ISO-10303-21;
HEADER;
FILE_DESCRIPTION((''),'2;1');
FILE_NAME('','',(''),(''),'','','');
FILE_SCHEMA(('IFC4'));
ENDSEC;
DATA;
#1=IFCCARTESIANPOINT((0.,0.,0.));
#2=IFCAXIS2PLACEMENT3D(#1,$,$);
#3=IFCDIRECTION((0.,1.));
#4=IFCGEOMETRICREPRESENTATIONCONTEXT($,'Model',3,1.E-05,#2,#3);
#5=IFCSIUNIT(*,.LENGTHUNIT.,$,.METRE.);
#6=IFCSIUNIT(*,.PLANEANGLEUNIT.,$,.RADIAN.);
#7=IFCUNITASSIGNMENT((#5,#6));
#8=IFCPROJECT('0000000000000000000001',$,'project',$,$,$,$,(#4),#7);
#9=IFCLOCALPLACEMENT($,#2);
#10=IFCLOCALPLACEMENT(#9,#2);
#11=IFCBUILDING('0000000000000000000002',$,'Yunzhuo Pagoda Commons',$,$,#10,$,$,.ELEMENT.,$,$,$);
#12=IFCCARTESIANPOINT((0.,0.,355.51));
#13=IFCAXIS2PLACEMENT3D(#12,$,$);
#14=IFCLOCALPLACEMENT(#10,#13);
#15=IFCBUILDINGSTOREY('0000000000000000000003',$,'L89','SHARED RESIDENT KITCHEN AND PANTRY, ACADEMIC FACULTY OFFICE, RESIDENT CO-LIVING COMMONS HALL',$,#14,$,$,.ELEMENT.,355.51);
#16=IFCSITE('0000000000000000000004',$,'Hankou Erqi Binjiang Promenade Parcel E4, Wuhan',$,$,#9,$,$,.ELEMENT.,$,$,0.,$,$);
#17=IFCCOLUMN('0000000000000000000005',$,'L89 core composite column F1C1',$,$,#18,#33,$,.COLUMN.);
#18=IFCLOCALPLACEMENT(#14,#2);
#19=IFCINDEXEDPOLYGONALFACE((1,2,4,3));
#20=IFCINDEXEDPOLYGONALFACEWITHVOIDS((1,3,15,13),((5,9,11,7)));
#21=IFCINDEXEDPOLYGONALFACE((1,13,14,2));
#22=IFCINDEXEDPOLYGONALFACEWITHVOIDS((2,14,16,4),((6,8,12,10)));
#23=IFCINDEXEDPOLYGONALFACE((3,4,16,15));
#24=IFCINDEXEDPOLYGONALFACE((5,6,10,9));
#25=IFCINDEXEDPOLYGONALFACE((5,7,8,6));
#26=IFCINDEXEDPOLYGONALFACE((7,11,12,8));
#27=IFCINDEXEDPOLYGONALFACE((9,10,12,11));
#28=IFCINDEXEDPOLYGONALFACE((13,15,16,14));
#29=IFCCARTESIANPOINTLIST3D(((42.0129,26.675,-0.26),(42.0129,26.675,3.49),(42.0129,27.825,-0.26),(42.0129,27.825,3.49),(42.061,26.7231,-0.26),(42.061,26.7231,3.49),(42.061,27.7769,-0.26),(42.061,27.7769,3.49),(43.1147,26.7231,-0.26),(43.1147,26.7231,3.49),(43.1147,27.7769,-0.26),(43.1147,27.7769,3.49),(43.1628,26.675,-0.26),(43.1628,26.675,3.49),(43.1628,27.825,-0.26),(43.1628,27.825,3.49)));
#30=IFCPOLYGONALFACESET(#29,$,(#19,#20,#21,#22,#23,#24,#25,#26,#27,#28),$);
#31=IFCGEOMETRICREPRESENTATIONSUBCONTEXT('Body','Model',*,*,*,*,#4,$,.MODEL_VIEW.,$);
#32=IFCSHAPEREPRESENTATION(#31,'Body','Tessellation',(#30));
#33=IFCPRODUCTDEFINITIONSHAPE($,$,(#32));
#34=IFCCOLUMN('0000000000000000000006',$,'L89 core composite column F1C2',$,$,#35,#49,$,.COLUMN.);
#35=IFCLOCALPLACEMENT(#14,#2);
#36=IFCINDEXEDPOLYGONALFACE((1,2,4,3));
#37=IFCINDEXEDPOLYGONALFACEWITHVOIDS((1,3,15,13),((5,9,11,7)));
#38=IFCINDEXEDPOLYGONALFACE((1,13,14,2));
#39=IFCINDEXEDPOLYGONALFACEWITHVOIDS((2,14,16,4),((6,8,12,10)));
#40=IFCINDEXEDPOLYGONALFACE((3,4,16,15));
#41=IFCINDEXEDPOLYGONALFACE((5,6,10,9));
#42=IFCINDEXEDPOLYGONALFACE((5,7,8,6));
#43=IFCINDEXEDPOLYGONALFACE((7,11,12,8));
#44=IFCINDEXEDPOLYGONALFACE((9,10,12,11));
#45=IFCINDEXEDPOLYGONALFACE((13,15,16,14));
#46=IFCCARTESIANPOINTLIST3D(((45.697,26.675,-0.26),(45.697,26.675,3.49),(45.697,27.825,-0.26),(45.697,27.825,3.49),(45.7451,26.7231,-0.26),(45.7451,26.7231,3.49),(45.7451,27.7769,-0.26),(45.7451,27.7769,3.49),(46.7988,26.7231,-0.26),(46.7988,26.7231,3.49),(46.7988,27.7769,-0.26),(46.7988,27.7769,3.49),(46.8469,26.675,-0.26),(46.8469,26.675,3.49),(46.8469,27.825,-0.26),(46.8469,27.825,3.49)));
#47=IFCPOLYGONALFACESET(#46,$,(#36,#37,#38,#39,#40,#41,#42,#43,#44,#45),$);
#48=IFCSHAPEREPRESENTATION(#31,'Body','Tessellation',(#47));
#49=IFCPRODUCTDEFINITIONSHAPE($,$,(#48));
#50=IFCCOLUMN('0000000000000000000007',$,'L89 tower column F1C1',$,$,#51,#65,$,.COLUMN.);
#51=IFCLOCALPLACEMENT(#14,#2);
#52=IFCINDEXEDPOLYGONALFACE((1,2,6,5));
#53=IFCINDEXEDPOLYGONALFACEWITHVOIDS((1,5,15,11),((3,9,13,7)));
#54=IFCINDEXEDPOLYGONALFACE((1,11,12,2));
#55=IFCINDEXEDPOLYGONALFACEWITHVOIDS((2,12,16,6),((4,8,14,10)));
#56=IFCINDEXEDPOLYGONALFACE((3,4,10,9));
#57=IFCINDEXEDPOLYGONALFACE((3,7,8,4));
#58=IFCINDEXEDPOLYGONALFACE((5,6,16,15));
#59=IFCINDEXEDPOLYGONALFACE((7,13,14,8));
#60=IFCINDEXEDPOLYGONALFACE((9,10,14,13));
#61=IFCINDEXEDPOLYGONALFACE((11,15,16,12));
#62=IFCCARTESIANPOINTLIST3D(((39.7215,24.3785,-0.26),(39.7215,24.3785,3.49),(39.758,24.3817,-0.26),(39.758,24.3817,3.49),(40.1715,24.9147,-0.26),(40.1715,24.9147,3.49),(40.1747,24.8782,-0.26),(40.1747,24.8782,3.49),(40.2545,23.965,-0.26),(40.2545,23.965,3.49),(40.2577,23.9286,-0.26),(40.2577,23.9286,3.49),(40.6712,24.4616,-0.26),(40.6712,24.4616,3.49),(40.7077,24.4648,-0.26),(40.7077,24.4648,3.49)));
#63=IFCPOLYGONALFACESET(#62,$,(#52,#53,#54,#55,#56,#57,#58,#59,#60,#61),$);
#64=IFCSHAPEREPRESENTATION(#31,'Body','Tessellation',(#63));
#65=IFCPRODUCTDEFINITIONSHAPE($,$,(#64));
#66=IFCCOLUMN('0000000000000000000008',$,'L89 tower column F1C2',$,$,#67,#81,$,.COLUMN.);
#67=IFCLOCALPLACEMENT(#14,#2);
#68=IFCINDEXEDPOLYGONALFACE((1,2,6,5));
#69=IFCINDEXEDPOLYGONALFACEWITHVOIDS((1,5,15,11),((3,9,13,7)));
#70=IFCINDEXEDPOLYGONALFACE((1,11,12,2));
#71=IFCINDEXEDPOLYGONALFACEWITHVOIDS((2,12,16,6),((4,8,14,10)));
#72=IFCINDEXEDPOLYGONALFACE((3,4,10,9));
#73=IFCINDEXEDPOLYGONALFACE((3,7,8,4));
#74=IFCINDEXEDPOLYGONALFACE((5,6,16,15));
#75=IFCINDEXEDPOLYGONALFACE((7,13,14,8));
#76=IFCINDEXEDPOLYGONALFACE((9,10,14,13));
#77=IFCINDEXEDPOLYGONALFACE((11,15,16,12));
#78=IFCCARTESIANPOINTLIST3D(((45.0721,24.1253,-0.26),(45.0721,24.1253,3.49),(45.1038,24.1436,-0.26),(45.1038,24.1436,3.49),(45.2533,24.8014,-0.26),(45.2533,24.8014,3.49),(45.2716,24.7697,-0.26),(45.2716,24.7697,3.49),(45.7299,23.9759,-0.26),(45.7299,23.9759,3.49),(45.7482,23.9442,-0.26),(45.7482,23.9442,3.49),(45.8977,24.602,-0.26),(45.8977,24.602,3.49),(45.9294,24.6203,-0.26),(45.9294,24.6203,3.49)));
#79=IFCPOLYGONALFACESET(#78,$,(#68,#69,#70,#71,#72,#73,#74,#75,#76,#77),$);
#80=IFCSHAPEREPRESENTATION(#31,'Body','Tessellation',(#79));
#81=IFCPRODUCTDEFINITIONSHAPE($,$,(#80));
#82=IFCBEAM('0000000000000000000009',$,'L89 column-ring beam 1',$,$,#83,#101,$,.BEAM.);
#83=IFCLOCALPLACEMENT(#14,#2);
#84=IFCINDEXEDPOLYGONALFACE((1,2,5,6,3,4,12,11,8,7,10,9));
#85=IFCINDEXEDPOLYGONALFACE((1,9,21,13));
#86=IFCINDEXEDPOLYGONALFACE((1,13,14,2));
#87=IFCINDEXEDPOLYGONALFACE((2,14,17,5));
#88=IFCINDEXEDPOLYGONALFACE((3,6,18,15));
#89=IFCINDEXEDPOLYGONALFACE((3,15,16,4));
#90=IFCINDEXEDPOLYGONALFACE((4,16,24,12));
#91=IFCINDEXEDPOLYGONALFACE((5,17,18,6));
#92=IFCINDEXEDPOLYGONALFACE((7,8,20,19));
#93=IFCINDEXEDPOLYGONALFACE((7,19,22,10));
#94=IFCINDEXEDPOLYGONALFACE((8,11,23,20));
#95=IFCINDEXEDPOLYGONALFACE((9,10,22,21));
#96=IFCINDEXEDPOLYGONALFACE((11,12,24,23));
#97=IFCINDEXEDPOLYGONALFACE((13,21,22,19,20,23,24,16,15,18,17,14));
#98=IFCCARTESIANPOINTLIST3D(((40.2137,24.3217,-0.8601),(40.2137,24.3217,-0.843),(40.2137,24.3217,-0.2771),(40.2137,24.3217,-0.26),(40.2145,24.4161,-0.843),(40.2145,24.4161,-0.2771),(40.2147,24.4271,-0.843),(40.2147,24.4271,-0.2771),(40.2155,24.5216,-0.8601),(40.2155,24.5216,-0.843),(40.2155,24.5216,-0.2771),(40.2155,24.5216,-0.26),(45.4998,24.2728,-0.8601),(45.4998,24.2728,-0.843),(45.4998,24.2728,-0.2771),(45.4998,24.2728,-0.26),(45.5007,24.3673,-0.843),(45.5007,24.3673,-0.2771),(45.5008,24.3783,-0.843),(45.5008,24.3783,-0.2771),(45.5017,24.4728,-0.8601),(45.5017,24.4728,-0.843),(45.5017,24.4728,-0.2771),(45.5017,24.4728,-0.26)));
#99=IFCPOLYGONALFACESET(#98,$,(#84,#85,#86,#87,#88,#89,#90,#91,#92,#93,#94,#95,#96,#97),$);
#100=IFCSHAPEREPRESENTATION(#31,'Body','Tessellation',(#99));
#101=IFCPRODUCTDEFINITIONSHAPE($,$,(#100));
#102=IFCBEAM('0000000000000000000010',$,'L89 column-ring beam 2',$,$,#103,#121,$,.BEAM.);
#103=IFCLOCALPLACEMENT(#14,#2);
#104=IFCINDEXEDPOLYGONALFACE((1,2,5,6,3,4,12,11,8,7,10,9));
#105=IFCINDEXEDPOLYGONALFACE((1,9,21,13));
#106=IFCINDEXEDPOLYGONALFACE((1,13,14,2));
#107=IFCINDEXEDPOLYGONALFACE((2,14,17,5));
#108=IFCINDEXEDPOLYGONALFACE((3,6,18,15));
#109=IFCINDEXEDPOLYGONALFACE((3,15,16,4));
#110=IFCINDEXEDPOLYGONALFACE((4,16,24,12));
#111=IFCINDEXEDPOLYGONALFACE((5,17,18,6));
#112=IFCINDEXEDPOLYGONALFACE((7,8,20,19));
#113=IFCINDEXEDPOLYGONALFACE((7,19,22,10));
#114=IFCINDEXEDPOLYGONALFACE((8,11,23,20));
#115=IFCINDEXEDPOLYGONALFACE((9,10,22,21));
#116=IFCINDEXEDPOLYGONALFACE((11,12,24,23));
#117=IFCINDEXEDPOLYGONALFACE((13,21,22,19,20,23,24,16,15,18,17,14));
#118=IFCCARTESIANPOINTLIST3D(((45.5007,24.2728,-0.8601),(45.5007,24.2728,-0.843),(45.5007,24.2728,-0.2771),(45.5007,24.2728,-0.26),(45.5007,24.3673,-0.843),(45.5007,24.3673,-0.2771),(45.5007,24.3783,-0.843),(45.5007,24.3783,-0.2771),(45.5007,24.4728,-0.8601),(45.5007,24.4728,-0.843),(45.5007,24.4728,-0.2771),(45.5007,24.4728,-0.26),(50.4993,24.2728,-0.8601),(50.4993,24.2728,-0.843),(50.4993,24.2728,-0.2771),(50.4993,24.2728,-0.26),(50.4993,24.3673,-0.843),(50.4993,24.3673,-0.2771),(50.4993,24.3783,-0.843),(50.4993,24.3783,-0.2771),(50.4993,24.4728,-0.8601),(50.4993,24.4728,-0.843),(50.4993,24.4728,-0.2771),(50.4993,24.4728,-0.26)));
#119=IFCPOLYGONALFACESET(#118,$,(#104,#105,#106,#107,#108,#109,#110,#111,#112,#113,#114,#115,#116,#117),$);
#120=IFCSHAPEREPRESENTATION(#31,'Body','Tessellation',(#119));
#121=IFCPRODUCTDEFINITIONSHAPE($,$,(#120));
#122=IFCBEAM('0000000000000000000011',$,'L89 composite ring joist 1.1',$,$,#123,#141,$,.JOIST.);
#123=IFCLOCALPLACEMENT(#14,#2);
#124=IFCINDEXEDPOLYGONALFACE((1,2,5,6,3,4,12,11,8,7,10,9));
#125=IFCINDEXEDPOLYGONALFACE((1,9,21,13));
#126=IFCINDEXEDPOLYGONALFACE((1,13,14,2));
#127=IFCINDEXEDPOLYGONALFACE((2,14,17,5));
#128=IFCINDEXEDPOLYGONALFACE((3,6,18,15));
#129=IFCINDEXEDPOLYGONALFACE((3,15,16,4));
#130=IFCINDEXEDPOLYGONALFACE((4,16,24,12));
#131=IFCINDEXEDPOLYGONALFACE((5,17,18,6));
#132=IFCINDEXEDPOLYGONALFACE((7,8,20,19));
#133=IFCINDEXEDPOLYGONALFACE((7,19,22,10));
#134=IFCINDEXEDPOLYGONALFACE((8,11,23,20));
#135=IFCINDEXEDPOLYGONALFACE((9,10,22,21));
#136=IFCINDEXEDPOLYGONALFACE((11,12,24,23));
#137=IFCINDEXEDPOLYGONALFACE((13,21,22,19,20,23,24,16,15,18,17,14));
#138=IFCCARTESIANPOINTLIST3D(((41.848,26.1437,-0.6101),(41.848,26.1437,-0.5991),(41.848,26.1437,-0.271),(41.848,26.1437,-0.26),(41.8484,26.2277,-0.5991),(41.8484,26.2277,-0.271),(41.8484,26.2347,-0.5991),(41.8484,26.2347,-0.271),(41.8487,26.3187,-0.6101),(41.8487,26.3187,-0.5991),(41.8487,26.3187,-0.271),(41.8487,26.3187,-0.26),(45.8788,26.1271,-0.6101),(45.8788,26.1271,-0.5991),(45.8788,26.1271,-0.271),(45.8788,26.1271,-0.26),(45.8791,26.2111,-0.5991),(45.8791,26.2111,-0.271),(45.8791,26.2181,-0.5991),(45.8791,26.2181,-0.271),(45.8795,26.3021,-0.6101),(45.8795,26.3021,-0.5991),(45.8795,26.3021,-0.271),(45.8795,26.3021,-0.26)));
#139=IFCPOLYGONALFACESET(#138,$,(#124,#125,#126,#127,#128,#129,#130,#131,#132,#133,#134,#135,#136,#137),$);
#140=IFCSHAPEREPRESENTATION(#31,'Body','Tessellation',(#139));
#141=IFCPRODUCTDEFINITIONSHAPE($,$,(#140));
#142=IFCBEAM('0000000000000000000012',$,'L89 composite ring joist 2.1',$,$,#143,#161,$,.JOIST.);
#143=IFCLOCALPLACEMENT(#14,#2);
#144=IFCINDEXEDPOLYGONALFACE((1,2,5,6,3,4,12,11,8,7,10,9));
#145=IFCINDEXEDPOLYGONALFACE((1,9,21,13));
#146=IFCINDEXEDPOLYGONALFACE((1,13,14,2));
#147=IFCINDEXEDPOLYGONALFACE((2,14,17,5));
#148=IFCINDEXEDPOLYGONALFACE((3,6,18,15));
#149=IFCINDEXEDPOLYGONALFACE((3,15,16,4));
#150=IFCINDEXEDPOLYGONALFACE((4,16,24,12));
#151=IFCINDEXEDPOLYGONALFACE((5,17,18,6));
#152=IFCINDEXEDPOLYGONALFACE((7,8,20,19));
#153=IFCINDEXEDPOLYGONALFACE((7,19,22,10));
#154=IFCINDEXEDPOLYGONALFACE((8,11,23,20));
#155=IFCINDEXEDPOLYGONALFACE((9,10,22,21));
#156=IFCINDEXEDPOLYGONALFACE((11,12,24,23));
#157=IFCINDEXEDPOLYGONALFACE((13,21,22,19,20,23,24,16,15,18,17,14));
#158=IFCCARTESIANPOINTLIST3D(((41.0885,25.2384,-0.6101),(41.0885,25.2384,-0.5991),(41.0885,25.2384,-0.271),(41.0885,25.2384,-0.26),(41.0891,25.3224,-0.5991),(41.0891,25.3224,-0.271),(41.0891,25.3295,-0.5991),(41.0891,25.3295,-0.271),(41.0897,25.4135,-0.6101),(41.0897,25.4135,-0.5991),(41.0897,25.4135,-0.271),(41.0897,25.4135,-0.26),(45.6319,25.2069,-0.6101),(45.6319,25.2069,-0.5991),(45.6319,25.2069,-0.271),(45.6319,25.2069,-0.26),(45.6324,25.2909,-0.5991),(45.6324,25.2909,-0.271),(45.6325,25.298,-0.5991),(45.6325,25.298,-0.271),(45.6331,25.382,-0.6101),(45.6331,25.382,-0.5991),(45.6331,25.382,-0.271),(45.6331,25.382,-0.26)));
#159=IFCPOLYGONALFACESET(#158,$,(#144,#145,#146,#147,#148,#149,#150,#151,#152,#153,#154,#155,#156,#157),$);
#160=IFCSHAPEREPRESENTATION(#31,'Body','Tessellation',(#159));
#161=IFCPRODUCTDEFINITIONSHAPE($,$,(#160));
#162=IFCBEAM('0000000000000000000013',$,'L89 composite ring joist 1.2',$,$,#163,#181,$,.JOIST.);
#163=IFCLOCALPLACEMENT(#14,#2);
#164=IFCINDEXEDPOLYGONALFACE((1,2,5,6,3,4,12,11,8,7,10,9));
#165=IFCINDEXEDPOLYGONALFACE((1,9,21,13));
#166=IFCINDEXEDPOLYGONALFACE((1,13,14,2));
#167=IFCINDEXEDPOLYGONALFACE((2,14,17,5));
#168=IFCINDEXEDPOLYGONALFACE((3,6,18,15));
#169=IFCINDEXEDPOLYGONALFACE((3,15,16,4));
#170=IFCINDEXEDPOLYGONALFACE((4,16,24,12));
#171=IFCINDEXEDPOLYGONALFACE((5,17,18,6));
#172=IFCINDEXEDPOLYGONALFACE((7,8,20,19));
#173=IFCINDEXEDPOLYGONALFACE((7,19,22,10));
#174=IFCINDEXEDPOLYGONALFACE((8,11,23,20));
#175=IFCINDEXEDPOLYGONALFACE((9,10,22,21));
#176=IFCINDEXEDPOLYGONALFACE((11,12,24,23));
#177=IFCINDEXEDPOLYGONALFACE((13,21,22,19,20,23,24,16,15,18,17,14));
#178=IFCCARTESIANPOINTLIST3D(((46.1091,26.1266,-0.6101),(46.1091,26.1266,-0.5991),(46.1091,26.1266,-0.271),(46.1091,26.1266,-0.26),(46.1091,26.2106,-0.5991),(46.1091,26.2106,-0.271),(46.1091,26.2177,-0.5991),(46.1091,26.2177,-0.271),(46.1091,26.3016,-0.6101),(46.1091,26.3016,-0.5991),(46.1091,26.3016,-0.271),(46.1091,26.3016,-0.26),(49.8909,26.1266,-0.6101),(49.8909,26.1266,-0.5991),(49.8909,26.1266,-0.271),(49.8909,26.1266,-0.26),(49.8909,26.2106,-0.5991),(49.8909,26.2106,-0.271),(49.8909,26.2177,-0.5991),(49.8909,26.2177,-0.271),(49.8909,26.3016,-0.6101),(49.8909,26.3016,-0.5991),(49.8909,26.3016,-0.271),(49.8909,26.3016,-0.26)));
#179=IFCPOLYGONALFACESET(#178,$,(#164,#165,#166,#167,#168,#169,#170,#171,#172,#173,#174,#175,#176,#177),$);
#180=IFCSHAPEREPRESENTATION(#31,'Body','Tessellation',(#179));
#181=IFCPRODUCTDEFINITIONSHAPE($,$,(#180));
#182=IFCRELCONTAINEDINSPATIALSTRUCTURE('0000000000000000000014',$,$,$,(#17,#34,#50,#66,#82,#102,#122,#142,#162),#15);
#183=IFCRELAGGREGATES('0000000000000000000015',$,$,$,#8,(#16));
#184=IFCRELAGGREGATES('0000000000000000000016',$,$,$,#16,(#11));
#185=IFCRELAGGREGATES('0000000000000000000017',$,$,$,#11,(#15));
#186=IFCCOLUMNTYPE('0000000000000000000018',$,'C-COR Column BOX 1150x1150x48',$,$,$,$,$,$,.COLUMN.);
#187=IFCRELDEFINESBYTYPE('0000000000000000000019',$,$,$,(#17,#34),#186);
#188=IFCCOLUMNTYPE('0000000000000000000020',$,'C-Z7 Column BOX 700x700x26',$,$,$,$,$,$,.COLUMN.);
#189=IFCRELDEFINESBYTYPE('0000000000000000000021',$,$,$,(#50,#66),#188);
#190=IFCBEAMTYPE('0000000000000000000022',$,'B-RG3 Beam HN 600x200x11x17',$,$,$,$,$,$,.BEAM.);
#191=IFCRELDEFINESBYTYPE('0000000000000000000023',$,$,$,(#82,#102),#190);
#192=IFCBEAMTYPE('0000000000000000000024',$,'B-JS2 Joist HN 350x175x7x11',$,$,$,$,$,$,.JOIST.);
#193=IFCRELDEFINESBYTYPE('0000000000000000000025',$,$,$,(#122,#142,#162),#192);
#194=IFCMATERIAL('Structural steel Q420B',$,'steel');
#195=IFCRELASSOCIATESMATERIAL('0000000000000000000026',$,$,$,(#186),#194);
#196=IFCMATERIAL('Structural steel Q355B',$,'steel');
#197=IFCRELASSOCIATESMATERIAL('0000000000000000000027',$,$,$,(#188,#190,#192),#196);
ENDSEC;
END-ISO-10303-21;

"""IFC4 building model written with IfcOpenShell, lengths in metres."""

from ifc_helpers import new_model, si_unit, direction, frame, origin, origin_2d, place, context, subcontext, project, spatial, hollow_rectangle, i_section, extrude, source, transform, mapped, material, material_profile, profile_set, type_object, element, save


model = new_model("IFC4")

# Units and contexts
model_context = context("Model", 3, precision=1e-05, world=origin(), true_north=direction((0.0, 1.0)))
body_context = subcontext(model_context, "Body", "Model", "MODEL_VIEW")
ifc_project = project(units=[si_unit("LENGTHUNIT", "METRE"), si_unit("PLANEANGLEUNIT", "RADIAN")], contexts=[model_context])

# Site, building, storey
site_placement = place(None, origin())
site = spatial("IfcSite", under=ifc_project, at=site_placement, Name="Hankou Erqi Binjiang Promenade Parcel E4, Wuhan", CompositionType="ELEMENT", RefElevation=0.0)
building_placement = place(site_placement, origin())
building = spatial("IfcBuilding", under=site, at=building_placement, Name="Yunzhuo Pagoda Commons", CompositionType="ELEMENT")
storey_placement = place(building_placement, frame((0.0, 0.0, 355.51)))
storey = spatial("IfcBuildingStorey", under=building, at=storey_placement, Name="L89", Description="SHARED RESIDENT KITCHEN AND PANTRY, ACADEMIC FACULTY OFFICE, RESIDENT CO-LIVING COMMONS HALL", CompositionType="ELEMENT", Elevation=355.51)

# Columns
ifc_material_1 = material(Name="Structural steel Q420B", Category="steel")
ifc_material_profile_1 = material_profile(ifc_material_1, hollow_rectangle(XDim=1.1499, YDim=1.1499, WallThickness=0.0481, at=origin_2d()), Name="Structural steel Q420B")
ifc_profile_set_1 = profile_set([ifc_material_profile_1], Name="Structural steel Q420B")
column_type_1 = type_object("IfcColumnType", Name="C-COR Column BOX 1150x1150x48", PredefinedType="COLUMN", material=ifc_profile_set_1)
shared_shape_1 = source(origin(), body_context, "Body", "SweptSolid", [
    extrude(hollow_rectangle(XDim=1.1499, YDim=1.1499, WallThickness=0.0481, at=origin_2d()), origin(), (0.0, 0.0, 1.0), 3.75),
])
for number, where, z_axis, x_axis, name in (
    (1, (42.5879, 27.25, -0.26), (0.0, 0.0, 1.0), (1.0, 0.0, 0.0), "L89 core composite column F1C1"),
    (2, (46.272, 27.25, -0.26), (0.0, 0.0, 1.0), (1.0, 0.0, 0.0), "L89 core composite column F1C2"),
):
    element("IfcColumn", number, at=place(storey_placement, frame(where, z_axis=z_axis, x_axis=x_axis)), inside=storey, type_object=column_type_1, Name=name, PredefinedType="COLUMN", context=body_context, shape_type="MappedRepresentation", body=[
        mapped(shared_shape_1, transform((0.0, 0.0, 0.0), scale=1.0)),
    ])
ifc_material_2 = material(Name="Structural steel Q355B", Category="steel")
ifc_material_profile_2 = material_profile(ifc_material_2, hollow_rectangle(XDim=0.7, YDim=0.7, WallThickness=0.0259, at=origin_2d()), Name="Structural steel Q355B")
ifc_profile_set_2 = profile_set([ifc_material_profile_2], Name="Structural steel Q355B")
column_type_2 = type_object("IfcColumnType", Name="C-Z7 Column BOX 700x700x26", PredefinedType="COLUMN", material=ifc_profile_set_2)
shared_shape_2 = source(origin(), body_context, "Body", "SweptSolid", [
    extrude(hollow_rectangle(XDim=0.7, YDim=0.7, WallThickness=0.0259, at=origin_2d()), origin(), (0.0, 0.0, 1.0), 3.75),
])
for number, where, z_axis, x_axis, name in (
    (3, (40.2146, 24.4216, -0.26), (0.0, 0.0, 1.0), (0.766044, -0.642788, 0.0), "L89 tower column F1C1"),
    (4, (45.5007, 24.3728, -0.26), (0.0, 0.0, 1.0), (0.965926, -0.258819, 0.0), "L89 tower column F1C2"),
):
    element("IfcColumn", number, at=place(storey_placement, frame(where, z_axis=z_axis, x_axis=x_axis)), inside=storey, type_object=column_type_2, Name=name, PredefinedType="COLUMN", context=body_context, shape_type="MappedRepresentation", body=[
        mapped(shared_shape_2, transform((0.0, 0.0, 0.0), scale=1.0)),
    ])

# Beams
ifc_material_profile_3 = material_profile(ifc_material_2, i_section(OverallWidth=0.2, OverallDepth=0.6001, WebThickness=0.011, FlangeThickness=0.0171, at=origin_2d()), Name="Structural steel Q355B")
ifc_profile_set_3 = profile_set([ifc_material_profile_3], Name="Structural steel Q355B")
beam_type_1 = type_object("IfcBeamType", Name="B-RG3 Beam HN 600x200x11x17", PredefinedType="BEAM", material=ifc_profile_set_3)
shared_shape_3 = source(origin(), body_context, "Body", "SweptSolid", [
    extrude(i_section(OverallWidth=0.2, OverallDepth=0.6001, WebThickness=0.011, FlangeThickness=0.0171, at=origin_2d()), origin(), (0.0, 0.0, 1.0), 5.2864),
])
beam_1_placement = place(storey_placement, frame((40.2146, 24.4216, -0.5601), z_axis=(0.999957, -0.009237, 0.0), x_axis=(0.009237, 0.999957, 0.0)))
element("IfcBeam", 5, at=beam_1_placement, inside=storey, type_object=beam_type_1, Name="L89 column-ring beam 1", PredefinedType="BEAM", context=body_context, shape_type="MappedRepresentation", body=[
    mapped(shared_shape_3, transform((0.0, 0.0, 0.0), scale=1.0)),
])
shared_shape_4 = source(origin(), body_context, "Body", "SweptSolid", [
    extrude(i_section(OverallWidth=0.2, OverallDepth=0.6001, WebThickness=0.011, FlangeThickness=0.0171, at=origin_2d()), origin(), (0.0, 0.0, 1.0), 4.9985),
])
beam_2_placement = place(storey_placement, frame((45.5007, 24.3728, -0.5601), z_axis=(1.0, 0.0, 0.0), x_axis=(0.0, 1.0, 0.0)))
element("IfcBeam", 6, at=beam_2_placement, inside=storey, type_object=beam_type_1, Name="L89 column-ring beam 2", PredefinedType="BEAM", context=body_context, shape_type="MappedRepresentation", body=[
    mapped(shared_shape_4, transform((0.0, 0.0, 0.0), scale=1.0)),
])
ifc_material_profile_4 = material_profile(ifc_material_2, i_section(OverallWidth=0.175, OverallDepth=0.3501, WebThickness=0.0071, FlangeThickness=0.011, at=origin_2d()), Name="Structural steel Q355B")
ifc_profile_set_4 = profile_set([ifc_material_profile_4], Name="Structural steel Q355B")
beam_type_2 = type_object("IfcBeamType", Name="B-JS2 Joist HN 350x175x7x11", PredefinedType="JOIST", material=ifc_profile_set_4)
shared_shape_5 = source(origin(), body_context, "Body", "SweptSolid", [
    extrude(i_section(OverallWidth=0.175, OverallDepth=0.3501, WebThickness=0.0071, FlangeThickness=0.011, at=origin_2d()), origin(), (0.0, 0.0, 1.0), 4.0308),
])
beam_3_placement = place(storey_placement, frame((41.8484, 26.2312, -0.4351), z_axis=(0.999992, -0.004119, 0.0), x_axis=(0.004119, 0.999992, 0.0)))
element("IfcBeam", 7, at=beam_3_placement, inside=storey, type_object=beam_type_2, Name="L89 composite ring joist 1.1", PredefinedType="JOIST", context=body_context, shape_type="MappedRepresentation", body=[
    mapped(shared_shape_5, transform((0.0, 0.0, 0.0), scale=1.0)),
])
shared_shape_6 = source(origin(), body_context, "Body", "SweptSolid", [
    extrude(i_section(OverallWidth=0.175, OverallDepth=0.3501, WebThickness=0.0071, FlangeThickness=0.011, at=origin_2d()), origin(), (0.0, 0.0, 1.0), 4.5435),
])
beam_4_placement = place(storey_placement, frame((41.0891, 25.3259, -0.4351), z_axis=(0.999976, -0.006932, 0.0), x_axis=(0.006932, 0.999976, 0.0)))
element("IfcBeam", 8, at=beam_4_placement, inside=storey, type_object=beam_type_2, Name="L89 composite ring joist 2.1", PredefinedType="JOIST", context=body_context, shape_type="MappedRepresentation", body=[
    mapped(shared_shape_6, transform((0.0, 0.0, 0.0), scale=1.0)),
])
shared_shape_7 = source(origin(), body_context, "Body", "SweptSolid", [
    extrude(i_section(OverallWidth=0.175, OverallDepth=0.3501, WebThickness=0.0071, FlangeThickness=0.011, at=origin_2d()), origin(), (0.0, 0.0, 1.0), 3.7817),
])
beam_5_placement = place(storey_placement, frame((46.1091, 26.2141, -0.4351), z_axis=(1.0, 0.0, 0.0), x_axis=(0.0, 1.0, 0.0)))
element("IfcBeam", 9, at=beam_5_placement, inside=storey, type_object=beam_type_2, Name="L89 composite ring joist 1.2", PredefinedType="JOIST", context=body_context, shape_type="MappedRepresentation", body=[
    mapped(shared_shape_7, transform((0.0, 0.0, 0.0), scale=1.0)),
])

save(model, "model.ifc")
